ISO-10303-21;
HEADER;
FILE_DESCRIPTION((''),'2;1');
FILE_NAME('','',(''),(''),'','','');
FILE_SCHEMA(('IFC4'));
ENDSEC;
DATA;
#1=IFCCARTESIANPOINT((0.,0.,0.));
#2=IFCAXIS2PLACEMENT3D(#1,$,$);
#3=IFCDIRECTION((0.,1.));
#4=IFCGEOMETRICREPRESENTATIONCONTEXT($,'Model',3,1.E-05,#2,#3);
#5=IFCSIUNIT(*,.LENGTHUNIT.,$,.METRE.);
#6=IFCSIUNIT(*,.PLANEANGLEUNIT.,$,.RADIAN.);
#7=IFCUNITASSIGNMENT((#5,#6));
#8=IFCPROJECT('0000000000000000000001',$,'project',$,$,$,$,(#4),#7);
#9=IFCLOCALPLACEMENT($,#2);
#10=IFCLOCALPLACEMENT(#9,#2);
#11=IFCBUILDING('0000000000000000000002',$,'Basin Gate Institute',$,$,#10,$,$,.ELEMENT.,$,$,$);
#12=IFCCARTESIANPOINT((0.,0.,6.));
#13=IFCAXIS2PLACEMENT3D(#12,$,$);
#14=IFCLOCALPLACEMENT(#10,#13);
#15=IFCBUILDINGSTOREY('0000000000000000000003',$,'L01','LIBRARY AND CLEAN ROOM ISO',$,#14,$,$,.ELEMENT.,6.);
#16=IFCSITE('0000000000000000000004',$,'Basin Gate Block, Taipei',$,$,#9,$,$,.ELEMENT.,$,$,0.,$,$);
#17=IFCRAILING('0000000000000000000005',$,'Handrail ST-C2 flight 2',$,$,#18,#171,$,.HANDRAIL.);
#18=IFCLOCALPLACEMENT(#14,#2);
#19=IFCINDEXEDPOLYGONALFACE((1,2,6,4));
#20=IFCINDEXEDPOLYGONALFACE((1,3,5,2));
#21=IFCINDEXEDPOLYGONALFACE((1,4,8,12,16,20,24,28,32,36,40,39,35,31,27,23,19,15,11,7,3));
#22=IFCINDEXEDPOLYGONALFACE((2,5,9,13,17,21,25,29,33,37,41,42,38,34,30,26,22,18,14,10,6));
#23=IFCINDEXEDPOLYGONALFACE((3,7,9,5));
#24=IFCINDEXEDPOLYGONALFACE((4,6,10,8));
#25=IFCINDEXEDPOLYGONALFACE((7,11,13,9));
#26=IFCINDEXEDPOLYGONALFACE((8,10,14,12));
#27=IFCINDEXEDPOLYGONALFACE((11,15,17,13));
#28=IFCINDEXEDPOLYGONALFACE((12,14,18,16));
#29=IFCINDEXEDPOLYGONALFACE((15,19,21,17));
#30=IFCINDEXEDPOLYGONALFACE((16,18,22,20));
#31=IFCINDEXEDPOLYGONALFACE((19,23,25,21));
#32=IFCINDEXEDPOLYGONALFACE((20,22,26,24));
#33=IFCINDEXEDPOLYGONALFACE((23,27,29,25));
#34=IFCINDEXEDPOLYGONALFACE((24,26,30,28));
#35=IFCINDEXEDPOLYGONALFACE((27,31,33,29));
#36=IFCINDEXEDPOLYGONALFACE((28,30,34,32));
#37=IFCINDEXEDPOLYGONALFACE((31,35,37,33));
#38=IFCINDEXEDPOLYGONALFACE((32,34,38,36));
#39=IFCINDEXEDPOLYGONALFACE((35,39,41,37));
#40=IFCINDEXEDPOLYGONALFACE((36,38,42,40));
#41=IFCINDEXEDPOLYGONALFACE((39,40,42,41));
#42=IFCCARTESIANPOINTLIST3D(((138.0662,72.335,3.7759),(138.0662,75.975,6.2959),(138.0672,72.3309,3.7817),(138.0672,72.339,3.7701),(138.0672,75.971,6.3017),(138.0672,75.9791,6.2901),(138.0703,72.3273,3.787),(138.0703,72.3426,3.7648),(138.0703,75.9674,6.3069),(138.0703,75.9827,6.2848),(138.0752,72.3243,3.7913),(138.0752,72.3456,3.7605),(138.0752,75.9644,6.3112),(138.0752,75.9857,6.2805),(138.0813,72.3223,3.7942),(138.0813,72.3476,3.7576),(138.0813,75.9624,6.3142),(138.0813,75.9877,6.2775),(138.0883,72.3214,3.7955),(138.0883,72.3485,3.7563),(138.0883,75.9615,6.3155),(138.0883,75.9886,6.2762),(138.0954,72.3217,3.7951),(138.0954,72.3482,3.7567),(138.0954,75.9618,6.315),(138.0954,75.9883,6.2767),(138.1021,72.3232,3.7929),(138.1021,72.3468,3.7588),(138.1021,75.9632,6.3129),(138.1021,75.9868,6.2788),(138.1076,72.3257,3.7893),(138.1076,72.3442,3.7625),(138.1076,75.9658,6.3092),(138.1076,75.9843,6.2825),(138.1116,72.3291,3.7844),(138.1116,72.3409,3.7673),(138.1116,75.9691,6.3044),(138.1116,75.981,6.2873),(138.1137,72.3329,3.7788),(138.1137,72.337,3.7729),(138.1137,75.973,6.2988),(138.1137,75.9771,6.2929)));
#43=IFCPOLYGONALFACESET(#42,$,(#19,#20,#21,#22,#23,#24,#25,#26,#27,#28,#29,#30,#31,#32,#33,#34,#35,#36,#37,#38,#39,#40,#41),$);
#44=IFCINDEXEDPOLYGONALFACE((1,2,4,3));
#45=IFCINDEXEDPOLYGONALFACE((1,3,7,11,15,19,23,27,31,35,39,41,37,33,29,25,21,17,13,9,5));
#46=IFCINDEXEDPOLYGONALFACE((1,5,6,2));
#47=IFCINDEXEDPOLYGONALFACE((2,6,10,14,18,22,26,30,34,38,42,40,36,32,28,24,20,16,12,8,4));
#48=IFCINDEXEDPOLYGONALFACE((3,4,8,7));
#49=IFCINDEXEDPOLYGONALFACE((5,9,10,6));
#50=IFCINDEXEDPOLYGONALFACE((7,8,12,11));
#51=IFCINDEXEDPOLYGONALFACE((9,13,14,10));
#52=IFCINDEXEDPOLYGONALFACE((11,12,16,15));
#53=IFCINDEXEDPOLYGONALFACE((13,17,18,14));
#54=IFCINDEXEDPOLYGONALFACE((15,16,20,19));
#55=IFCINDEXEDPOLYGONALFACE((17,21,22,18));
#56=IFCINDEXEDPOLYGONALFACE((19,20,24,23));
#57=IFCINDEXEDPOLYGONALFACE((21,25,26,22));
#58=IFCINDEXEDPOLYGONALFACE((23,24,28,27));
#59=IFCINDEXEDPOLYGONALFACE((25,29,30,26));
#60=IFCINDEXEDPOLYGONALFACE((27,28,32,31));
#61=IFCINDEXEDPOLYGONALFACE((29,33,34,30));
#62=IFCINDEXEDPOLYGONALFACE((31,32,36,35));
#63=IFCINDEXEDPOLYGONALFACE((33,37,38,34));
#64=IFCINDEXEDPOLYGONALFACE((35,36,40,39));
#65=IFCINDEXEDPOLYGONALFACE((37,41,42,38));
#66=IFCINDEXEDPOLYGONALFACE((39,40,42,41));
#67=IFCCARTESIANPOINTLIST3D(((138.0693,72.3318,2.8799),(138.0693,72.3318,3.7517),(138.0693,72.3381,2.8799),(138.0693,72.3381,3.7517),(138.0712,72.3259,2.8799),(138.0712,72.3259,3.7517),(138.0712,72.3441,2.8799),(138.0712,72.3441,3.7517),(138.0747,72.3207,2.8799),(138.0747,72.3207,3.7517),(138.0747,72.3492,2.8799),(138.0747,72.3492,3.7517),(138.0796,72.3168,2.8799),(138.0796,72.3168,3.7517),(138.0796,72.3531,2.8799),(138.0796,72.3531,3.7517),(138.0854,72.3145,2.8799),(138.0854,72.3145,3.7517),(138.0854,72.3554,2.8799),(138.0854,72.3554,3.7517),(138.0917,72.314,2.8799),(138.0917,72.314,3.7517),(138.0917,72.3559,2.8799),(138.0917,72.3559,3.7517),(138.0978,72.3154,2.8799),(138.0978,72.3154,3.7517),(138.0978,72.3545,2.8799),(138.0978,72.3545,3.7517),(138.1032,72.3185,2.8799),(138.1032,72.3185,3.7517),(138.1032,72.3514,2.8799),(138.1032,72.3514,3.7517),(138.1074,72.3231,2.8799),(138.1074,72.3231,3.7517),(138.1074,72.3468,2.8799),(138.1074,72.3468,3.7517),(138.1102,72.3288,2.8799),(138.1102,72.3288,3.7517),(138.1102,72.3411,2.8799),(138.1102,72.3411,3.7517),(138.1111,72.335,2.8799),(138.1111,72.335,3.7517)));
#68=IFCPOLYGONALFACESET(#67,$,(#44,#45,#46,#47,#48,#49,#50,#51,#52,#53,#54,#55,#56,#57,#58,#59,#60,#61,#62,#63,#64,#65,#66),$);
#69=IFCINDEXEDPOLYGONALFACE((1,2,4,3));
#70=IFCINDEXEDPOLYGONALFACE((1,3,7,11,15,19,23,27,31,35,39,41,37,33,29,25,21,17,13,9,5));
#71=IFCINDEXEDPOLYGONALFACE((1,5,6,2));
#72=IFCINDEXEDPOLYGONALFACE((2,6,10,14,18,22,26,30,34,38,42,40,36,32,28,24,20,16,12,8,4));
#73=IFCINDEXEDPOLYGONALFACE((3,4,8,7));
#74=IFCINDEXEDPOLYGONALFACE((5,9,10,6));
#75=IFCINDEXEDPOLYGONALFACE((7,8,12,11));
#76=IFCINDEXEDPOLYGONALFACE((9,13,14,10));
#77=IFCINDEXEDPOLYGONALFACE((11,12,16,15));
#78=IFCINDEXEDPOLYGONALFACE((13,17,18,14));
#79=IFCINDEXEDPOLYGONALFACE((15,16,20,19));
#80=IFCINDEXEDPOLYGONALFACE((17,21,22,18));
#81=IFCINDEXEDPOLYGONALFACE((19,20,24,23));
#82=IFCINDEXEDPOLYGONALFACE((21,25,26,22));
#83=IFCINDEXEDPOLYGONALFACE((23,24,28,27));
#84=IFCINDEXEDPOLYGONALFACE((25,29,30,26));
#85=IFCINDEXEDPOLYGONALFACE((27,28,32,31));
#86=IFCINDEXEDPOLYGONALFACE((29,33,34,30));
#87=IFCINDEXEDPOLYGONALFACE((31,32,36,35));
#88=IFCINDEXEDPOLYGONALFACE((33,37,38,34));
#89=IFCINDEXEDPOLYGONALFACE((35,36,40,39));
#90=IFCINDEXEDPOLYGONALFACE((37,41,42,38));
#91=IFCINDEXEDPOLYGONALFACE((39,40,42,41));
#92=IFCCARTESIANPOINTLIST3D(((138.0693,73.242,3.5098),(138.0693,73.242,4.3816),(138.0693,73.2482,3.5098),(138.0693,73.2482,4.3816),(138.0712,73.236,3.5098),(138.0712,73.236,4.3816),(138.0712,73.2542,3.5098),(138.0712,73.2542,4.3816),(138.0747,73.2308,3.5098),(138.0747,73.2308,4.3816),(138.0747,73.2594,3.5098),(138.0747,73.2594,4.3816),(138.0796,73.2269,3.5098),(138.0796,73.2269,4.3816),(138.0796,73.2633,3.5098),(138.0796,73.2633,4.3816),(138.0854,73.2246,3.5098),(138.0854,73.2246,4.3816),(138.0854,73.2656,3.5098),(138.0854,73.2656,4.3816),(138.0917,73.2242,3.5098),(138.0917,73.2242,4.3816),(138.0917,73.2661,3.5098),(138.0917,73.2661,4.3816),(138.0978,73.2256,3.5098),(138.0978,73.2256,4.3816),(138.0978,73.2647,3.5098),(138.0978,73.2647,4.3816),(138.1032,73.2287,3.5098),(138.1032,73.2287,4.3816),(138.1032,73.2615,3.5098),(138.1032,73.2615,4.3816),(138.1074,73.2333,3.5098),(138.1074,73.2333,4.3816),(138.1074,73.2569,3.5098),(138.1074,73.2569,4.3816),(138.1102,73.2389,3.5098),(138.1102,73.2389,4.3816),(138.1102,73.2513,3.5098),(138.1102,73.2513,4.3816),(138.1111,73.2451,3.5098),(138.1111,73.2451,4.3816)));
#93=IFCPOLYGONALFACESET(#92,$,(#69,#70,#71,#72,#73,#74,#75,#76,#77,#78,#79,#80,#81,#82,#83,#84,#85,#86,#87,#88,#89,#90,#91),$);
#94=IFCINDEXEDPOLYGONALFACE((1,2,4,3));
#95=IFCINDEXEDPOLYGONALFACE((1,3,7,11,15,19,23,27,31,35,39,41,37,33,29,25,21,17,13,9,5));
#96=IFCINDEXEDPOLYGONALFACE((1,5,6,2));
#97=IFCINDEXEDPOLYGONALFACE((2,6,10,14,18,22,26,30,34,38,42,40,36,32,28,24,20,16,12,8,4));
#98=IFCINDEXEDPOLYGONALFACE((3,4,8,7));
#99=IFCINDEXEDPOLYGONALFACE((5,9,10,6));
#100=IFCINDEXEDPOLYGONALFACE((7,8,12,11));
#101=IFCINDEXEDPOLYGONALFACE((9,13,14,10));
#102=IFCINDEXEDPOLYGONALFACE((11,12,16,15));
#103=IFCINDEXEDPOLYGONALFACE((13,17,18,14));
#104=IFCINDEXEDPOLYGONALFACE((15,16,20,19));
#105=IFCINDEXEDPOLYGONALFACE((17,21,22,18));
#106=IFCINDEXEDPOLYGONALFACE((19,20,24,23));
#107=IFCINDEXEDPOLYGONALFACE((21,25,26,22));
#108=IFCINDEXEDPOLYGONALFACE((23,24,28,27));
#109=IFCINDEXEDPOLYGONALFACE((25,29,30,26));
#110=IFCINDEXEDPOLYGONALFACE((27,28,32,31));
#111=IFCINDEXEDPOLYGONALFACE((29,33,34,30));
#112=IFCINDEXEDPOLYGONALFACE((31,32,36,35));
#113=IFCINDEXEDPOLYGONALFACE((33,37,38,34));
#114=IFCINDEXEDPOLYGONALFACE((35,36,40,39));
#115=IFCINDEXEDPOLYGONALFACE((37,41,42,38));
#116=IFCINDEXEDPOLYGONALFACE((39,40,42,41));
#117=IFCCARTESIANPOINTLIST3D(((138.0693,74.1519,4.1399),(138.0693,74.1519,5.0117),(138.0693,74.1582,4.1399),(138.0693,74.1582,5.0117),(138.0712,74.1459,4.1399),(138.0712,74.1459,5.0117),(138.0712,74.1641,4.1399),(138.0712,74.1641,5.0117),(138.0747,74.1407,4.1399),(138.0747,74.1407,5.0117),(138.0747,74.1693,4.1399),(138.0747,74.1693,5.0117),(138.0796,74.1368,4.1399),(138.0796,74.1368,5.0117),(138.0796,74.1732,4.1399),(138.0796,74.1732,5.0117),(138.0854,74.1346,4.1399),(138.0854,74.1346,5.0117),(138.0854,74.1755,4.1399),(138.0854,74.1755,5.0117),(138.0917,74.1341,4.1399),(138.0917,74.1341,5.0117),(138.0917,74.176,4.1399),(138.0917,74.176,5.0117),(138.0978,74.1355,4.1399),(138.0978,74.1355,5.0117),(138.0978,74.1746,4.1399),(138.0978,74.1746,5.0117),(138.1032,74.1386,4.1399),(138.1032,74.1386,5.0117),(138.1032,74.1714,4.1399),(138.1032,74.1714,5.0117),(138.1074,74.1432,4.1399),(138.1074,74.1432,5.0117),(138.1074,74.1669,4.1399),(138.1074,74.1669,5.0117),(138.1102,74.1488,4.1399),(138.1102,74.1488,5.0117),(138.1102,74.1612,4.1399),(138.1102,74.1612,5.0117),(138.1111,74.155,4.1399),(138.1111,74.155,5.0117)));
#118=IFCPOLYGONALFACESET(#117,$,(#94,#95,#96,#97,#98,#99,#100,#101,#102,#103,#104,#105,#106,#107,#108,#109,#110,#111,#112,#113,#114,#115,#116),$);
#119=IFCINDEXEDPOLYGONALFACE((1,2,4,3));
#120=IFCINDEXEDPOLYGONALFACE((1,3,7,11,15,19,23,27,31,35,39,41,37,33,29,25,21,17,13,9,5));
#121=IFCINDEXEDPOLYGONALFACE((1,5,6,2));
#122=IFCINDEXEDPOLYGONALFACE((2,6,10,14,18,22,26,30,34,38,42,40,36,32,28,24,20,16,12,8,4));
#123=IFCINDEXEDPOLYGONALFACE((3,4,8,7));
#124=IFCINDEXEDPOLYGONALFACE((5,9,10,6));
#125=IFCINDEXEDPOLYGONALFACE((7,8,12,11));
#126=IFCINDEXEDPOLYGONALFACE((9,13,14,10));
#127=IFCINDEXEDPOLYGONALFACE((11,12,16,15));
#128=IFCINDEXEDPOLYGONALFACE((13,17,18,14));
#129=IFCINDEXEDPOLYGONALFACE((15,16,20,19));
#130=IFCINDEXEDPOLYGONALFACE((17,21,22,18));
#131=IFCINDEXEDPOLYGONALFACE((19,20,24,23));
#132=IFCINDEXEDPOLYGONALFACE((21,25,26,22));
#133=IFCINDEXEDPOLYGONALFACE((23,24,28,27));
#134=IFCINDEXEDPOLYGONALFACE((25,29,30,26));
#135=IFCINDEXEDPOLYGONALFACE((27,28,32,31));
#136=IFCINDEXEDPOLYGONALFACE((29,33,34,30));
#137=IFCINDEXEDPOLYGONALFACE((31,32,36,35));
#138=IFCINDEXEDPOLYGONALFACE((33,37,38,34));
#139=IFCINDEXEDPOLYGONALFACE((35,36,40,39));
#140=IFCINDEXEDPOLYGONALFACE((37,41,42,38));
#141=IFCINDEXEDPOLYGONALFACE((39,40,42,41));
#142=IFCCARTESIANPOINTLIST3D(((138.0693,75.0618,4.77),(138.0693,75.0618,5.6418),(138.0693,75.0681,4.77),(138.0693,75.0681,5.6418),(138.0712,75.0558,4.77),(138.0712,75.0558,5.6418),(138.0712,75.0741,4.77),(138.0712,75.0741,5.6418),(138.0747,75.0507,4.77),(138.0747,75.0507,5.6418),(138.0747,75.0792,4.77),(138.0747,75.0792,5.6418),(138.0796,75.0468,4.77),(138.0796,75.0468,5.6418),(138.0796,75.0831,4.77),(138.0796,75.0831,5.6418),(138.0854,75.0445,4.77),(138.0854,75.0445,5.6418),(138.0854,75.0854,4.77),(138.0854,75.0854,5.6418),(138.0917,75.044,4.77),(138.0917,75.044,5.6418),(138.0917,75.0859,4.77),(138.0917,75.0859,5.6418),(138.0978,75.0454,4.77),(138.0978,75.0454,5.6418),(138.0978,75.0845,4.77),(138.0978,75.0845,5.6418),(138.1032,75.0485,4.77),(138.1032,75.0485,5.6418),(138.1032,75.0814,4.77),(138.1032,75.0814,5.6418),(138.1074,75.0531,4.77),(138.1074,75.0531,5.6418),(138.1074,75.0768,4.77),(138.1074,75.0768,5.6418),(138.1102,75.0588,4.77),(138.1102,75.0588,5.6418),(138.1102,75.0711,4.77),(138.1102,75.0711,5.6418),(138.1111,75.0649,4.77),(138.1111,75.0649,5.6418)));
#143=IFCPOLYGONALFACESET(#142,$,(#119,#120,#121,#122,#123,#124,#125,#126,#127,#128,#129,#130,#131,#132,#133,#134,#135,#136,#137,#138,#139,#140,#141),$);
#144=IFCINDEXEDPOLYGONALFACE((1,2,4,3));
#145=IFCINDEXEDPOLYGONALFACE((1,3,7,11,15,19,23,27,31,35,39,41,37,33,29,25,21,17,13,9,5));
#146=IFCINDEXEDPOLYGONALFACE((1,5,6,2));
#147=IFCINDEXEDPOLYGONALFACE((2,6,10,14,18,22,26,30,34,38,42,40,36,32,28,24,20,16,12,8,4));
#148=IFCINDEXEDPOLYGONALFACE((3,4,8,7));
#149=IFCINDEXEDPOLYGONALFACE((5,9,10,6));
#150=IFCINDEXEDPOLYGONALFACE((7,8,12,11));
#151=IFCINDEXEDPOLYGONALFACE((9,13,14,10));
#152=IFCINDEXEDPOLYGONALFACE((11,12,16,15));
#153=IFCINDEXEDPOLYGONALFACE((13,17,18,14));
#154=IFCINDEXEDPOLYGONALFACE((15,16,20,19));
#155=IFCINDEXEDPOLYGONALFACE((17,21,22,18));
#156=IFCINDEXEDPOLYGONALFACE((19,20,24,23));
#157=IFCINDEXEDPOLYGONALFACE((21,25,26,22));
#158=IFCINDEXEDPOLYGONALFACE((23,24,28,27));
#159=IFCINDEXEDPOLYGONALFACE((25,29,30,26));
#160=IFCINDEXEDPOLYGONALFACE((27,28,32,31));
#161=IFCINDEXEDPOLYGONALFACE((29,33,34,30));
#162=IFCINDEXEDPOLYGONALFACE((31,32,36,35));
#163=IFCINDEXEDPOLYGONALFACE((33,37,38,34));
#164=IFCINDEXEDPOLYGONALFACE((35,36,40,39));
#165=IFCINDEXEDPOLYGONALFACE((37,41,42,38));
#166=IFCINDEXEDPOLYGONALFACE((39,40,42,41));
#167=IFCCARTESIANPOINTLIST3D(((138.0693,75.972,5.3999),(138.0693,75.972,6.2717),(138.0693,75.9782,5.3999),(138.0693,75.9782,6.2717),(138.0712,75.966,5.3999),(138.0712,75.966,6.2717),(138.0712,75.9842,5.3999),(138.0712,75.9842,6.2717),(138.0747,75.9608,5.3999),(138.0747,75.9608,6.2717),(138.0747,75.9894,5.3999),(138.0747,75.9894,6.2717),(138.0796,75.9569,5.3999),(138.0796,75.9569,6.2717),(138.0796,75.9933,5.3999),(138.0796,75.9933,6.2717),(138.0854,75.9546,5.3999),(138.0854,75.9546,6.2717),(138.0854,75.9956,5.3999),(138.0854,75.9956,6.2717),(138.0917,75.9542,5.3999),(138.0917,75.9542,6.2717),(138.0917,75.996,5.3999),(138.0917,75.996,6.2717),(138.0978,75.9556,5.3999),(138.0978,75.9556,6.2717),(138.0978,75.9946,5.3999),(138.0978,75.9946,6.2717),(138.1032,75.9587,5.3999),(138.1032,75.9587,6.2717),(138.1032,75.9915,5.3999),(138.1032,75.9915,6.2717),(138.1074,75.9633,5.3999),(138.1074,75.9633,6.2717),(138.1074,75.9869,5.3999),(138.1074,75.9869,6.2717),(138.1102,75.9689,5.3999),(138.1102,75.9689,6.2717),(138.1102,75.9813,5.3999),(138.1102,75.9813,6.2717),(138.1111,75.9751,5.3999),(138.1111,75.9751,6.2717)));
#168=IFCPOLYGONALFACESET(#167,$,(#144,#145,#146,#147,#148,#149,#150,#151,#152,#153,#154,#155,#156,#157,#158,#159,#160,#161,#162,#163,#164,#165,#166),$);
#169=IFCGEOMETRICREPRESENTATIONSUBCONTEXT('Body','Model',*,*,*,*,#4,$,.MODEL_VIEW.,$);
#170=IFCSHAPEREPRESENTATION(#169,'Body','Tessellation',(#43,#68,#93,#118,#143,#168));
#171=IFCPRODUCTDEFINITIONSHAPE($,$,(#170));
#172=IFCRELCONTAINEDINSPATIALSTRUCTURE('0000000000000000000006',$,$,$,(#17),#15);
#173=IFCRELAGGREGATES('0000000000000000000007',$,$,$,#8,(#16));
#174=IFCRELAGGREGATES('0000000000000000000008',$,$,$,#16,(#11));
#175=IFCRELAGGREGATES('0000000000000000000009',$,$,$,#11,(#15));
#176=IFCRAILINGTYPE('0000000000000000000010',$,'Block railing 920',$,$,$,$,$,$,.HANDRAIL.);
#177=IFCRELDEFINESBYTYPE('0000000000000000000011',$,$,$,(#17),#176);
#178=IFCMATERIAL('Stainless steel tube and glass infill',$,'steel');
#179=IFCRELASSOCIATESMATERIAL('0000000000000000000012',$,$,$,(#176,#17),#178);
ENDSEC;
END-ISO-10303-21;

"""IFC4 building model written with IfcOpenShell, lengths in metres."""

from ifc_helpers import new_model, si_unit, direction, frame, origin, origin_2d, place, context, subcontext, project, spatial, circle, extrude, material, type_object, element, save


model = new_model("IFC4")

# Units and contexts
model_context = context("Model", 3, precision=1e-05, world=origin(), true_north=direction((0.0, 1.0)))
body_context = subcontext(model_context, "Body", "Model", "MODEL_VIEW")
ifc_project = project(units=[si_unit("LENGTHUNIT", "METRE"), si_unit("PLANEANGLEUNIT", "RADIAN")], contexts=[model_context])

# Site, building, storey
site_placement = place(None, origin())
site = spatial("IfcSite", under=ifc_project, at=site_placement, Name="Basin Gate Block, Taipei", CompositionType="ELEMENT", RefElevation=0.0)
building_placement = place(site_placement, origin())
building = spatial("IfcBuilding", under=site, at=building_placement, Name="Basin Gate Institute", CompositionType="ELEMENT")
storey_placement = place(building_placement, frame((0.0, 0.0, 6.0)))
storey = spatial("IfcBuildingStorey", under=building, at=storey_placement, Name="L01", Description="LIBRARY AND CLEAN ROOM ISO", CompositionType="ELEMENT", Elevation=6.0)

# Railing
ifc_material_1 = material(Name="Stainless steel tube and glass infill", Category="steel")
railing_type_1 = type_object("IfcRailingType", Name="Block railing 920", PredefinedType="HANDRAIL", material=ifc_material_1)
for number, where, name in (
    (1, (138.0901, 72.335, 2.8799), "Handrail ST-C2 flight 2"),
):
    element("IfcRailing", number, at=place(storey_placement, frame(where)), inside=storey, type_object=railing_type_1, material=ifc_material_1, Name=name, PredefinedType="HANDRAIL", context=body_context, shape_type="SweptSolid", body=[
        extrude(circle(Radius=0.0239, at=origin_2d()), frame((0.0, 0.0, 0.896), z_axis=(0.0, 0.8222, 0.569199), x_axis=(-1.0, 0.0, 0.0)), (0.0, 0.0, 1.0), 4.4272),
        extrude(circle(Radius=0.021, at=origin_2d()), origin(), (0.0, 0.0, 1.0), 0.8718),
        extrude(circle(Radius=0.021, at=origin_2d()), frame((0.0, 0.9102, 0.6299)), (0.0, 0.0, 1.0), 0.8718),
        extrude(circle(Radius=0.021, at=origin_2d()), frame((0.0, 1.8201, 1.26)), (0.0, 0.0, 1.0), 0.8718),
        extrude(circle(Radius=0.021, at=origin_2d()), frame((0.0, 2.73, 1.8901)), (0.0, 0.0, 1.0), 0.8718),
        extrude(circle(Radius=0.021, at=origin_2d()), frame((0.0, 3.6401, 2.52)), (0.0, 0.0, 1.0), 0.8718),
    ])

save(model, "model.ifc")
